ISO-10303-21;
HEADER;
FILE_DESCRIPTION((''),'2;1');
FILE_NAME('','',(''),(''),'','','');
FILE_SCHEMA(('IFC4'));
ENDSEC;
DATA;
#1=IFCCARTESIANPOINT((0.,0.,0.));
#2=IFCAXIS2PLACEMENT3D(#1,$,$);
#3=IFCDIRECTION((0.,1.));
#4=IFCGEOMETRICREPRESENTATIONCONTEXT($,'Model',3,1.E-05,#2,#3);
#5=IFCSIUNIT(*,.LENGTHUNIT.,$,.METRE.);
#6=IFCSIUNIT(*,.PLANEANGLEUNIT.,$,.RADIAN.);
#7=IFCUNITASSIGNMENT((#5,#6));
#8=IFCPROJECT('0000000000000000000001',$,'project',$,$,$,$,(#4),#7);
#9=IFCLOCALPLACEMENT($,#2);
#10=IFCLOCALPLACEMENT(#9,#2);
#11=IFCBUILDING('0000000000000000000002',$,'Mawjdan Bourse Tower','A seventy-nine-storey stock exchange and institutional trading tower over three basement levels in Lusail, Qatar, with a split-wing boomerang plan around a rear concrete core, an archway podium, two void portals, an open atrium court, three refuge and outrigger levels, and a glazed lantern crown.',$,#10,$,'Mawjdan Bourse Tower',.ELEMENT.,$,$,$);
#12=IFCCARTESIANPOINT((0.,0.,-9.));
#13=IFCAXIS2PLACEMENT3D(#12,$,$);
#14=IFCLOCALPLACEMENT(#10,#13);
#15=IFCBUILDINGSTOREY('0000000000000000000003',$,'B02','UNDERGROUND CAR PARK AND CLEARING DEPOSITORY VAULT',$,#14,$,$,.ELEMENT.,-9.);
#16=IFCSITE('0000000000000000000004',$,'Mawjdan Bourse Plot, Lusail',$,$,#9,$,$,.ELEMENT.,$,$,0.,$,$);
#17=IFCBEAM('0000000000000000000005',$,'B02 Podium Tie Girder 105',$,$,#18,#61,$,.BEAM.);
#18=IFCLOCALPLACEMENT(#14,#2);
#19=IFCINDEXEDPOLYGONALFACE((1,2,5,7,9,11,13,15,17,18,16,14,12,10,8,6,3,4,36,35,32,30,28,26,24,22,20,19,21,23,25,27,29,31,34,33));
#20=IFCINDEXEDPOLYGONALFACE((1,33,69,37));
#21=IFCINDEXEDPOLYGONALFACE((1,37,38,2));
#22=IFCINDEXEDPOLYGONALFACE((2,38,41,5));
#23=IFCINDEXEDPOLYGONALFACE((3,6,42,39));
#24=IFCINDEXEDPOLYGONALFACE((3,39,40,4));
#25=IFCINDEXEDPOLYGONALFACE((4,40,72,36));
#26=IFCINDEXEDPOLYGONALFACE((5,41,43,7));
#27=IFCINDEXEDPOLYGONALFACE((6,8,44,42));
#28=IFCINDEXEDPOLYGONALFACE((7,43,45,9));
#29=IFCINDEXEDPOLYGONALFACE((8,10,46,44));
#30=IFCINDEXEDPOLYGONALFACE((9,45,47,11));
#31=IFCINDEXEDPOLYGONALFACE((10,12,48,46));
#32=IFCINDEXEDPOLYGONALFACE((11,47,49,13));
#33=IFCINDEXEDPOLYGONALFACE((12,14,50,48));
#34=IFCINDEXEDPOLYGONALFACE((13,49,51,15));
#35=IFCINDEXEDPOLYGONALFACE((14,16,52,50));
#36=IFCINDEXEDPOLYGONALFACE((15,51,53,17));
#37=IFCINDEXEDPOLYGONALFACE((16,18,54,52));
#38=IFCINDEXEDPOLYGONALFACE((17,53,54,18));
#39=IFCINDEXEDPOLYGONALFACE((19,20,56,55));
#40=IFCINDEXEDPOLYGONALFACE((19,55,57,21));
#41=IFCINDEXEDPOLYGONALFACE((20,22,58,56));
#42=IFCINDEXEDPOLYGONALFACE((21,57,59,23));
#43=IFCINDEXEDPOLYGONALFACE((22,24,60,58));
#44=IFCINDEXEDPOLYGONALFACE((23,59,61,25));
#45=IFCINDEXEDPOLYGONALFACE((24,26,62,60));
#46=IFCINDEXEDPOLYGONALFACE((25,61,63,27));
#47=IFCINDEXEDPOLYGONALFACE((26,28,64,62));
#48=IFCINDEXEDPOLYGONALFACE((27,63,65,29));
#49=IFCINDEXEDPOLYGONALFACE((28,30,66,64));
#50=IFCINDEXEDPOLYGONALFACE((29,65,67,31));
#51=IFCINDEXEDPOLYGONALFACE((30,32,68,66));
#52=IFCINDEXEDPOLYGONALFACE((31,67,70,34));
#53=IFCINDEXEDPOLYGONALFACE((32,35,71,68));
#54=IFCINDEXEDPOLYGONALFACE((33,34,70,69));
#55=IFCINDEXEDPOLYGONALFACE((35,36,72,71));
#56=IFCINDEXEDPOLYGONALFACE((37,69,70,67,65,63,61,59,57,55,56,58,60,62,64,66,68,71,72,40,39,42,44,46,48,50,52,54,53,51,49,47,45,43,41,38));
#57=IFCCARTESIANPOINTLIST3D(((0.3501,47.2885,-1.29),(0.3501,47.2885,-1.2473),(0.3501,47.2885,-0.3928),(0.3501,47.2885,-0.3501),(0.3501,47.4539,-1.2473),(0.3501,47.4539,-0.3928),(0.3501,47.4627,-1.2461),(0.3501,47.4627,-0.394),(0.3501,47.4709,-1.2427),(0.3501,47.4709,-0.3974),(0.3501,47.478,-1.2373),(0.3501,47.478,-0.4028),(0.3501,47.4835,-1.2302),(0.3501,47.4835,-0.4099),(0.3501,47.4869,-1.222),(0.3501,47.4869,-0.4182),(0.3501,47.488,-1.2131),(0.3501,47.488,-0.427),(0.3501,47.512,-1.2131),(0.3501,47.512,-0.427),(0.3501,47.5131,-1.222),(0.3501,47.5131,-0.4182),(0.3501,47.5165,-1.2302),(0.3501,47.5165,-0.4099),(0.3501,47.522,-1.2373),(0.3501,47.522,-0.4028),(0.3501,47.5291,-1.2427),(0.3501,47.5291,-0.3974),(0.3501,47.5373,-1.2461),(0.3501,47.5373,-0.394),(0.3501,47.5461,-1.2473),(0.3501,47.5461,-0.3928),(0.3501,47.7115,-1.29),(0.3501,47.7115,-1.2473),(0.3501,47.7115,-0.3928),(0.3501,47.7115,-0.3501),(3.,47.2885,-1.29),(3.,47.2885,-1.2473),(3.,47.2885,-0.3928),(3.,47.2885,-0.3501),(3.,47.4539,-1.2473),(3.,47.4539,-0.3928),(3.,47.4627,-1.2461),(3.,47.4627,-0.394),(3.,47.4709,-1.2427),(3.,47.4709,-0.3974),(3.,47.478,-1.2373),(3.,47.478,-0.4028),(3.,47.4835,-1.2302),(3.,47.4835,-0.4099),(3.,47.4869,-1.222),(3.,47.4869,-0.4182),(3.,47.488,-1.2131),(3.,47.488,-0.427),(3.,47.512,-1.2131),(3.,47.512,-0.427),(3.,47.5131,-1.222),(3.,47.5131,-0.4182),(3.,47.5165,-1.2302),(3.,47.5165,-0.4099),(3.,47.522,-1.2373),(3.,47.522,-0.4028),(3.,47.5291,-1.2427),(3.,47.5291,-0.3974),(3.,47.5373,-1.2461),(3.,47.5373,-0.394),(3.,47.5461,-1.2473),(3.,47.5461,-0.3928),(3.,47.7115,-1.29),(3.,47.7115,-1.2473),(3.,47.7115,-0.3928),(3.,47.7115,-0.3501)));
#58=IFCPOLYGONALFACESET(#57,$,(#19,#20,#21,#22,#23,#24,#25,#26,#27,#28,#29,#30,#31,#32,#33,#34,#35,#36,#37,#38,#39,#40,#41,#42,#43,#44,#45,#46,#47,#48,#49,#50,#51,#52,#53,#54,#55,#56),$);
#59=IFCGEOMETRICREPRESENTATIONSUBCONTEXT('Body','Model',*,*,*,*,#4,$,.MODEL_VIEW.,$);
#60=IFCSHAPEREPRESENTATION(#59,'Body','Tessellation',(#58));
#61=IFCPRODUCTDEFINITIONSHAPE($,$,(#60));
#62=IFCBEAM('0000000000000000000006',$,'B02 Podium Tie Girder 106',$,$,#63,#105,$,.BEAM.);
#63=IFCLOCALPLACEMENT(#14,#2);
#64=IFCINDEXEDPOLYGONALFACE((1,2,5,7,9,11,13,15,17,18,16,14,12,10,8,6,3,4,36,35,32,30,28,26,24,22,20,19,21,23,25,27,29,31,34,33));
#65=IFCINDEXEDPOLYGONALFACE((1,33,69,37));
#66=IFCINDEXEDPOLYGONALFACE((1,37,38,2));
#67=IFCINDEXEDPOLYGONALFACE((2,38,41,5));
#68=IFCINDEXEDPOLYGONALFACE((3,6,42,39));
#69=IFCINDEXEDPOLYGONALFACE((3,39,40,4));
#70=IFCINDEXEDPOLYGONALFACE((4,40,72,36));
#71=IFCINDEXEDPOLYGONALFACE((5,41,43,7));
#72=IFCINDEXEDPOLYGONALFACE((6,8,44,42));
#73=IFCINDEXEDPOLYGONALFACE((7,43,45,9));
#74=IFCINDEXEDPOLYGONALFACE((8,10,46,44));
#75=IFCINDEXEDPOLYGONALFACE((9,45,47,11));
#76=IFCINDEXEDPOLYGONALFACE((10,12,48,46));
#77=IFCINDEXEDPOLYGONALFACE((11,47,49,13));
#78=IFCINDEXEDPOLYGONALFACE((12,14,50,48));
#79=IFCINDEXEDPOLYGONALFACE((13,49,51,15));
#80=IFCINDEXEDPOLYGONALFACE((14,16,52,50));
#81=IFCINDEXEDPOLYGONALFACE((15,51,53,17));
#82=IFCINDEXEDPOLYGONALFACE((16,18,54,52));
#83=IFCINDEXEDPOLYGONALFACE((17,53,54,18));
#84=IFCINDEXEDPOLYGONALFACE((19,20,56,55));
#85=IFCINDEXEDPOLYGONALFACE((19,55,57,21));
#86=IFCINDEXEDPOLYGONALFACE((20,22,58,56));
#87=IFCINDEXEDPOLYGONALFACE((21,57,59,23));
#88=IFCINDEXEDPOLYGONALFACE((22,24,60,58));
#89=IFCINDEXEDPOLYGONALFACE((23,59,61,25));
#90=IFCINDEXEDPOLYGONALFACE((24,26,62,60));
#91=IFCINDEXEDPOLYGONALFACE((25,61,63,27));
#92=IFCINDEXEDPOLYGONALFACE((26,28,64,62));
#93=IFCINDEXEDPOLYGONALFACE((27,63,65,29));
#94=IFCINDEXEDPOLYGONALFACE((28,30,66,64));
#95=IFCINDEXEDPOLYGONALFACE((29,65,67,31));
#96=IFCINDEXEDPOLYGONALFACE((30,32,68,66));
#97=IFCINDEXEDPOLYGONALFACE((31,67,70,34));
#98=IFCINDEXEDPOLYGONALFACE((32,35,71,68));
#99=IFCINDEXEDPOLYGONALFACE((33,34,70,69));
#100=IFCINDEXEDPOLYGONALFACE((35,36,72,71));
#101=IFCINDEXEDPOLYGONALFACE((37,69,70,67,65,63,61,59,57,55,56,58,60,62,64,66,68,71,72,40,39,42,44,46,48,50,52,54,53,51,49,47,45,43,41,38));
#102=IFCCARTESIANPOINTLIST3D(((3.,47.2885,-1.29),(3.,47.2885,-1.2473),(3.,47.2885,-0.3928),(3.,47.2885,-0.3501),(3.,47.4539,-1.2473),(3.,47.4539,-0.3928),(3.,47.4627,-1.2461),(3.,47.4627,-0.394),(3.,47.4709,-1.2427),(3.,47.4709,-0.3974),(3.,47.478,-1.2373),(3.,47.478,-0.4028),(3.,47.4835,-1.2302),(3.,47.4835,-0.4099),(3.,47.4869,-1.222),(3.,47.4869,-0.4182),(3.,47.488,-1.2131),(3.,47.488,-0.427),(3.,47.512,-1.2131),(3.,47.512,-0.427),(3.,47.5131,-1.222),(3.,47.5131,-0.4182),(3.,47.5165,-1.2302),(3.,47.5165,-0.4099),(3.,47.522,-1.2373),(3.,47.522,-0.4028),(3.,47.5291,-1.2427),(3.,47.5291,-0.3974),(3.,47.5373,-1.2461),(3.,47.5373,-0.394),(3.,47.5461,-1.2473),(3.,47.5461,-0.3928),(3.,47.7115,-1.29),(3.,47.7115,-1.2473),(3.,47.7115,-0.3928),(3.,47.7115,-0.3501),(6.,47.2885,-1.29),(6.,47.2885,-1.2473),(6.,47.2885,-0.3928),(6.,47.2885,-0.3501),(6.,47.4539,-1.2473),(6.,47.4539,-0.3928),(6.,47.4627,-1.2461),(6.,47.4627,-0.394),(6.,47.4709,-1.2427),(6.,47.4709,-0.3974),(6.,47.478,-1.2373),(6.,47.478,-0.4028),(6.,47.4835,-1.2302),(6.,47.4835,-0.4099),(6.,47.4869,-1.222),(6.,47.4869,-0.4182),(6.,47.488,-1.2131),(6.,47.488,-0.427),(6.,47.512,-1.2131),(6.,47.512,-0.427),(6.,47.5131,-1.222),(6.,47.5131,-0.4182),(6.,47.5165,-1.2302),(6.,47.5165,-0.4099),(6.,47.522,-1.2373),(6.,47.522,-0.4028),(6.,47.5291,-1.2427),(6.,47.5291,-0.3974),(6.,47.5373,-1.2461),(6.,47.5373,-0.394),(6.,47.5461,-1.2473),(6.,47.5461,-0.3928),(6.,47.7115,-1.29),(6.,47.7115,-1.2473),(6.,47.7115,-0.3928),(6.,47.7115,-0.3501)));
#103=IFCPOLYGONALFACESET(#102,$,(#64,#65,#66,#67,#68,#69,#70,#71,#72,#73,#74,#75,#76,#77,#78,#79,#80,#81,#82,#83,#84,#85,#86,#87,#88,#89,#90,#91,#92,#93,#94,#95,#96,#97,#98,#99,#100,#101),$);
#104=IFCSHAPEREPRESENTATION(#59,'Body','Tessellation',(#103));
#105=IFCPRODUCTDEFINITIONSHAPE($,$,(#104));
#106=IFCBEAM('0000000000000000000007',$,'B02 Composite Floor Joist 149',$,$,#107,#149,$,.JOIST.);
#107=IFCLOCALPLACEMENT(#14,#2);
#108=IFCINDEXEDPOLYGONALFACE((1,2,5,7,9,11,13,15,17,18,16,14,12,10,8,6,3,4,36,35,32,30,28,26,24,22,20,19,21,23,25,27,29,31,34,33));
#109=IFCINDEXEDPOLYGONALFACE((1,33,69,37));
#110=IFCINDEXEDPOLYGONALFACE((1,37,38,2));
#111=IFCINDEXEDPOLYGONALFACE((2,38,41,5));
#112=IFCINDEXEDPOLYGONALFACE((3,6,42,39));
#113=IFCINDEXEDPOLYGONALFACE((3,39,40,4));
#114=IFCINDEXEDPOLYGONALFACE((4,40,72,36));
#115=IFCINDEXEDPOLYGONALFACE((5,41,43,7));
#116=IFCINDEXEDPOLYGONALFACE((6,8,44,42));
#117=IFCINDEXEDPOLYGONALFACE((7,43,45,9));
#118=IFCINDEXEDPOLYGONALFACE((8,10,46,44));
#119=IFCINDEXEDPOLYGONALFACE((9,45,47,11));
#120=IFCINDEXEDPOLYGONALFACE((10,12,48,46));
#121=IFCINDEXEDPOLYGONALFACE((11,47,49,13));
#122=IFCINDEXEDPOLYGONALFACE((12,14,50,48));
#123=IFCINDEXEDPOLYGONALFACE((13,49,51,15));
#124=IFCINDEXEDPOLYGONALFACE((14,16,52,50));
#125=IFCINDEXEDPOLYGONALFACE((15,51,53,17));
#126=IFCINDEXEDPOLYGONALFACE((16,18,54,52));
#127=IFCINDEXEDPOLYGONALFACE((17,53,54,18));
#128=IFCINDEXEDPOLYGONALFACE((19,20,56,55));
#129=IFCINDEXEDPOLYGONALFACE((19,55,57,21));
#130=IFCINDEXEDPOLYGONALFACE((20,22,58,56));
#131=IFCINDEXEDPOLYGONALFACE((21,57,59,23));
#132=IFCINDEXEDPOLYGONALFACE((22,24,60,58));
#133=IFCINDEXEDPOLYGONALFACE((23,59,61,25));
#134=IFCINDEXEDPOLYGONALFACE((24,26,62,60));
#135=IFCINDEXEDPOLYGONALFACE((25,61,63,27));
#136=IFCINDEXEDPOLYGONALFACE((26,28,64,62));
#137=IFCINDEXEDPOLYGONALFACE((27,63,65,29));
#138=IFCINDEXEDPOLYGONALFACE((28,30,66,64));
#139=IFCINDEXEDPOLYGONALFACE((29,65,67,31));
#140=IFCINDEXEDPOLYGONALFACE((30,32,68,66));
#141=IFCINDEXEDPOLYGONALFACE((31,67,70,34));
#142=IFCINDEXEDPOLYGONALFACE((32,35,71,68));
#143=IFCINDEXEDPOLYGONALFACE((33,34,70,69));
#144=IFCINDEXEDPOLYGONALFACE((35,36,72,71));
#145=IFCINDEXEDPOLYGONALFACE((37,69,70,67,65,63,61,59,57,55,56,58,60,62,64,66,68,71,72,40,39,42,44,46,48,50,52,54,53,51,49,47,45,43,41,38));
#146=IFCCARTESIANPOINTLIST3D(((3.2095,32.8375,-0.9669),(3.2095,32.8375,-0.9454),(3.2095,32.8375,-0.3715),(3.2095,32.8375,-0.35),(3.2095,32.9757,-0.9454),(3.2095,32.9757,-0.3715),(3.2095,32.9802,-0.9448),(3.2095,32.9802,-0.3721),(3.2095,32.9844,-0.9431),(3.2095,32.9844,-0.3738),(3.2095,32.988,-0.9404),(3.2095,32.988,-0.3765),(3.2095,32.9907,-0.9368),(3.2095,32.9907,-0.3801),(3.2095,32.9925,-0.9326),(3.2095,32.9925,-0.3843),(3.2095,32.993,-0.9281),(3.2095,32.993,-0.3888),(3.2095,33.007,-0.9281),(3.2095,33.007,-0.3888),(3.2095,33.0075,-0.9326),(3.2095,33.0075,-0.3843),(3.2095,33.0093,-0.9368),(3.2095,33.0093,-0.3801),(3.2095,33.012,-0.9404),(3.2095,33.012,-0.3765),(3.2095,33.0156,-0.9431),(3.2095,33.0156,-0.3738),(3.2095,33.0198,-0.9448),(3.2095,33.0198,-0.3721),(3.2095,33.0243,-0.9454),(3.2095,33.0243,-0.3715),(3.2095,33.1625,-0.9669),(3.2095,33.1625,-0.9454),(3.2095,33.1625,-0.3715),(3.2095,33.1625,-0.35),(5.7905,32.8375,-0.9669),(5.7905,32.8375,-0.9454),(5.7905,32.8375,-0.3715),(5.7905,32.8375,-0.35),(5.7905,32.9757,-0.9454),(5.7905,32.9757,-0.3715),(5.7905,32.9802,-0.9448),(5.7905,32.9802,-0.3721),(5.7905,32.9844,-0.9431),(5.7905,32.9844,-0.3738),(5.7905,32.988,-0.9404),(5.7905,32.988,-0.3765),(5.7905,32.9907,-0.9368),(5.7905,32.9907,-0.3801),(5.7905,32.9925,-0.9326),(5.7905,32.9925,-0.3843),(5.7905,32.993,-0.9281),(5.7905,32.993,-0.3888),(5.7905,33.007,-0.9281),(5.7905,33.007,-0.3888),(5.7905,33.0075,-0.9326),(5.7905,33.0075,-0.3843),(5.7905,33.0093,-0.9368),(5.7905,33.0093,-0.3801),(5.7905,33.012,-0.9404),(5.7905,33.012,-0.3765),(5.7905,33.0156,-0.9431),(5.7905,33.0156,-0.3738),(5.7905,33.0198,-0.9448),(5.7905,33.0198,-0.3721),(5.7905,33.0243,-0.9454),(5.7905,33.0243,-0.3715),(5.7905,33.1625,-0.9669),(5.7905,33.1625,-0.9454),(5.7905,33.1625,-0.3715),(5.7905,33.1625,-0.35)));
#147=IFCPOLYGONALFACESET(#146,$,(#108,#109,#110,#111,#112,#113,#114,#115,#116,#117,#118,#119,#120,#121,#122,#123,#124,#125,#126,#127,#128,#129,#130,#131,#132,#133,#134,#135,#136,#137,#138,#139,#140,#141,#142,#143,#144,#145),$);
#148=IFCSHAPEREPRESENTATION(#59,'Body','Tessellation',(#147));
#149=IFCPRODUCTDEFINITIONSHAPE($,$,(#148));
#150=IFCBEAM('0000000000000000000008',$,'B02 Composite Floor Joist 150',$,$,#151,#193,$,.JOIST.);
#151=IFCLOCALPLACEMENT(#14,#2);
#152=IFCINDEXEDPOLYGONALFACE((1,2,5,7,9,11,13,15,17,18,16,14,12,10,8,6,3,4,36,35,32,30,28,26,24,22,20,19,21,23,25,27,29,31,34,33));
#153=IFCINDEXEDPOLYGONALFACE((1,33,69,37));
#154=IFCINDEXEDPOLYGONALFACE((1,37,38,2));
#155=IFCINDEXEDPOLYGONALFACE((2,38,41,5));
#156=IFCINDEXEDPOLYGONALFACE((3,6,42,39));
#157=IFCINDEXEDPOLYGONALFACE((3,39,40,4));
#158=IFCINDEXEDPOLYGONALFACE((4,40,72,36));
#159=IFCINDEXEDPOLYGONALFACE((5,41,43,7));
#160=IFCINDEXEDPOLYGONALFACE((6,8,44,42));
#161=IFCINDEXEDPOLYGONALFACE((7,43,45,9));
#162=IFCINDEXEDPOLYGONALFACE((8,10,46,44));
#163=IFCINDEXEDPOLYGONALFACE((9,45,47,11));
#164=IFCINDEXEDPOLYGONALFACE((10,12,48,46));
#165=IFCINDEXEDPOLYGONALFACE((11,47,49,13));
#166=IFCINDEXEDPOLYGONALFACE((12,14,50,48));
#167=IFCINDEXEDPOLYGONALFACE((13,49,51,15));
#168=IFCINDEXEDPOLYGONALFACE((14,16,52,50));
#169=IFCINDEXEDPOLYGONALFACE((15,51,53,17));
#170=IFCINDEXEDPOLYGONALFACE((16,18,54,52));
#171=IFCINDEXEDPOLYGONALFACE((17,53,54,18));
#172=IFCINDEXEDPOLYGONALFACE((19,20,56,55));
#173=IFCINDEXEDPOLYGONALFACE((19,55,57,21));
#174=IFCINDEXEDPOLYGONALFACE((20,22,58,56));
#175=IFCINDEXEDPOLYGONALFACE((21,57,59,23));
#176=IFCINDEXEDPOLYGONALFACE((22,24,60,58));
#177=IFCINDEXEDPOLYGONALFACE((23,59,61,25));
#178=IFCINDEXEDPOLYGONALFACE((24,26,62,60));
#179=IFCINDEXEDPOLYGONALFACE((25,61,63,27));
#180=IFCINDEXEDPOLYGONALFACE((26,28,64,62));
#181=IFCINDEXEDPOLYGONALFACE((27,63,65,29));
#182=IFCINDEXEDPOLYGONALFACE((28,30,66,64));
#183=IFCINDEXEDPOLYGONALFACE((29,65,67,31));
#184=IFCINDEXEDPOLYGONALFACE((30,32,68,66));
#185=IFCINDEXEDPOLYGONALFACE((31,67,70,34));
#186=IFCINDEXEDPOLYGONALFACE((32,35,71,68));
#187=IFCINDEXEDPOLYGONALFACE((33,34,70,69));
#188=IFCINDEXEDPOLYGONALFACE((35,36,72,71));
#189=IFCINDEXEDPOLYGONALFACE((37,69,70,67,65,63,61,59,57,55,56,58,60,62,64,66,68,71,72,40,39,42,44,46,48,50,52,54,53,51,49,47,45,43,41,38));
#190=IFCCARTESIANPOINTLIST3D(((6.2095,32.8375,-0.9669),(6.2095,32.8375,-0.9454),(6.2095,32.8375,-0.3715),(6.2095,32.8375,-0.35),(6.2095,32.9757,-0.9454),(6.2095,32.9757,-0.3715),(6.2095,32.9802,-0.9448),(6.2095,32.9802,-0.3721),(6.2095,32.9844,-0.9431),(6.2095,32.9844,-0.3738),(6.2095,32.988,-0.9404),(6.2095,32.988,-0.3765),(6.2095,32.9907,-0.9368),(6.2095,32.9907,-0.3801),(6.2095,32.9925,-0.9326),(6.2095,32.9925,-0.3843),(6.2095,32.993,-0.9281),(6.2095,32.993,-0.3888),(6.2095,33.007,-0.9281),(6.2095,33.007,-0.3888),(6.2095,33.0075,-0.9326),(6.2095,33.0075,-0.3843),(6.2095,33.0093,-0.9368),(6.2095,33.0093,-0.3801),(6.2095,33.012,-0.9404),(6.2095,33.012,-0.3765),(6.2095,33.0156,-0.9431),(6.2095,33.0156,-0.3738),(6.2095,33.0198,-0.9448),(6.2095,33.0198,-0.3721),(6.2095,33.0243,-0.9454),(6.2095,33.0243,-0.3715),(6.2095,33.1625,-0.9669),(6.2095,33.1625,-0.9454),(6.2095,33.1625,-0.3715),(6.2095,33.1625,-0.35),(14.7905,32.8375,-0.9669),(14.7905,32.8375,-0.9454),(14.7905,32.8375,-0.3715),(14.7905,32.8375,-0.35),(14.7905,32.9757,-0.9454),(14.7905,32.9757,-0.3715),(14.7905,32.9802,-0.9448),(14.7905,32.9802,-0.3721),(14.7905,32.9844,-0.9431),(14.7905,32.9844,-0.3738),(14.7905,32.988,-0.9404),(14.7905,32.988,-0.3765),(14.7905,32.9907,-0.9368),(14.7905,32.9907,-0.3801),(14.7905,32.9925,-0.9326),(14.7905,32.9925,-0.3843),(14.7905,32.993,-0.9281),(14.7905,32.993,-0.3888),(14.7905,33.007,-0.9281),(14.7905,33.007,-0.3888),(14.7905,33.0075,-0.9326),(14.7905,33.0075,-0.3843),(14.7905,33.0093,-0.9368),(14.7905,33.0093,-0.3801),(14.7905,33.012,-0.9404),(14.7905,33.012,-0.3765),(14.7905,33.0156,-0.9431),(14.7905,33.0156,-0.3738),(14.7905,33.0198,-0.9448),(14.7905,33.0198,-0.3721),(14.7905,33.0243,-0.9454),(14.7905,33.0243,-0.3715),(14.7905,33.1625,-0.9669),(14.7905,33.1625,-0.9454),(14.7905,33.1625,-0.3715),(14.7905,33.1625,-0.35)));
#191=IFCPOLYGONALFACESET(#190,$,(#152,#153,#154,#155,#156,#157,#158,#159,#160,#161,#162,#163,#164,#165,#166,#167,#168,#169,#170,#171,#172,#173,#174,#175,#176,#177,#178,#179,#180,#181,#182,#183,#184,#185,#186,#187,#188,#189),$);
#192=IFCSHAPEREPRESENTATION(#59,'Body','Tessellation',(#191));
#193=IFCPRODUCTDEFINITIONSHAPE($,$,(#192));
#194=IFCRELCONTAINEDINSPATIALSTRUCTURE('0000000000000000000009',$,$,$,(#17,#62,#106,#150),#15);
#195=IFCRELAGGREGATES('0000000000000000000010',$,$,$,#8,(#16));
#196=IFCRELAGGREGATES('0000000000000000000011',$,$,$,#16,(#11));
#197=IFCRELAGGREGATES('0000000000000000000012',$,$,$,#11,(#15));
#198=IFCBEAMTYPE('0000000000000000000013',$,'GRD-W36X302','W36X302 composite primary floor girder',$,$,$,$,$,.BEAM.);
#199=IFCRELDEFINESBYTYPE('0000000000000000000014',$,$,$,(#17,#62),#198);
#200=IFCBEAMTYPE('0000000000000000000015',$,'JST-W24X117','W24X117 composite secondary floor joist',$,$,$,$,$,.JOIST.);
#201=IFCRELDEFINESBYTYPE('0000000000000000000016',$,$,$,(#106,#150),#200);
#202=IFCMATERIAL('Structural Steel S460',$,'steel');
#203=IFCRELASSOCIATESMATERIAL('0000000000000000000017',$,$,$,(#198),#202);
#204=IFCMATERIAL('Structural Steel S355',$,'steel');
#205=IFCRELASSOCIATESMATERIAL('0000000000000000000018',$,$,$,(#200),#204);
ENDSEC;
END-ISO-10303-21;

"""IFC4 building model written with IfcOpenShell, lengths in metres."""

from ifc_helpers import new_model, si_unit, direction, frame, origin, origin_2d, place, context, subcontext, project, spatial, i_section, extrude, material, material_profile, profile_set, type_object, element, save


model = new_model("IFC4")

# Units and contexts
model_context = context("Model", 3, precision=1e-05, world=origin(), true_north=direction((0.0, 1.0)))
body_context = subcontext(model_context, "Body", "Model", "MODEL_VIEW")
ifc_project = project(units=[si_unit("LENGTHUNIT", "METRE"), si_unit("PLANEANGLEUNIT", "RADIAN")], contexts=[model_context])

# Site, building, storey
site_placement = place(None, origin())
site = spatial("IfcSite", under=ifc_project, at=site_placement, Name="Mawjdan Bourse Plot, Lusail", CompositionType="ELEMENT", RefElevation=0.0)
building_placement = place(site_placement, origin())
building = spatial("IfcBuilding", under=site, at=building_placement, Name="Mawjdan Bourse Tower", Description="A seventy-nine-storey stock exchange and institutional trading tower over three basement levels in Lusail, Qatar, with a split-wing boomerang plan around a rear concrete core, an archway podium, two void portals, an open atrium court, three refuge and outrigger levels, and a glazed lantern crown.", LongName="Mawjdan Bourse Tower", CompositionType="ELEMENT")
storey_placement = place(building_placement, frame((0.0, 0.0, -9.0)))
storey = spatial("IfcBuildingStorey", under=building, at=storey_placement, Name="B02", Description="UNDERGROUND CAR PARK AND CLEARING DEPOSITORY VAULT", CompositionType="ELEMENT", Elevation=-9.0)

# Beams
ifc_material_1 = material(Name="Structural Steel S460", Category="steel")
ifc_material_profile_1 = material_profile(ifc_material_1, i_section(OverallWidth=0.4231, OverallDepth=0.9399, WebThickness=0.0239, FlangeThickness=0.0427, FilletRadius=0.0342, at=origin_2d()), Name="W36X302")
ifc_profile_set_1 = profile_set([ifc_material_profile_1], Name="Structural Steel S460")
beam_type_1 = type_object("IfcBeamType", Name="GRD-W36X302", Description="W36X302 composite primary floor girder", PredefinedType="BEAM", material=ifc_profile_set_1)
beam_1_placement = place(storey_placement, frame((0.3501, 47.5, -0.8201), z_axis=(1.0, 0.0, 0.0), x_axis=(0.0, 1.0, 0.0)))
element("IfcBeam", 1, at=beam_1_placement, inside=storey, type_object=beam_type_1, Name="B02 Podium Tie Girder 105", PredefinedType="BEAM", context=body_context, shape_type="SweptSolid", body=[
    extrude(i_section(OverallWidth=0.4231, OverallDepth=0.9399, WebThickness=0.0239, FlangeThickness=0.0427, FilletRadius=0.0342, at=origin_2d()), origin(), (0.0, 0.0, 1.0), 2.6499),
])
beam_2_placement = place(storey_placement, frame((3.0, 47.5, -0.8201), z_axis=(1.0, 0.0, 0.0), x_axis=(0.0, 1.0, 0.0)))
element("IfcBeam", 2, at=beam_2_placement, inside=storey, type_object=beam_type_1, Name="B02 Podium Tie Girder 106", PredefinedType="BEAM", context=body_context, shape_type="SweptSolid", body=[
    extrude(i_section(OverallWidth=0.4231, OverallDepth=0.9399, WebThickness=0.0239, FlangeThickness=0.0427, FilletRadius=0.0342, at=origin_2d()), origin(), (0.0, 0.0, 1.0), 3.0),
])
ifc_material_2 = material(Name="Structural Steel S355", Category="steel")
ifc_material_profile_2 = material_profile(ifc_material_2, i_section(OverallWidth=0.325, OverallDepth=0.6169, WebThickness=0.0139, FlangeThickness=0.0215, FilletRadius=0.0173, at=origin_2d()), Name="W24X117")
ifc_profile_set_2 = profile_set([ifc_material_profile_2], Name="Structural Steel S355")
beam_type_2 = type_object("IfcBeamType", Name="JST-W24X117", Description="W24X117 composite secondary floor joist", PredefinedType="JOIST", material=ifc_profile_set_2)
beam_3_placement = place(storey_placement, frame((3.2095, 33.0, -0.6584), z_axis=(1.0, 0.0, 0.0), x_axis=(0.0, 1.0, 0.0)))
element("IfcBeam", 3, at=beam_3_placement, inside=storey, type_object=beam_type_2, Name="B02 Composite Floor Joist 149", PredefinedType="JOIST", context=body_context, shape_type="SweptSolid", body=[
    extrude(i_section(OverallWidth=0.325, OverallDepth=0.6169, WebThickness=0.0139, FlangeThickness=0.0215, FilletRadius=0.0173, at=origin_2d()), origin(), (0.0, 0.0, 1.0), 2.5811),
])
beam_4_placement = place(storey_placement, frame((6.2095, 33.0, -0.6584), z_axis=(1.0, 0.0, 0.0), x_axis=(0.0, 1.0, 0.0)))
element("IfcBeam", 4, at=beam_4_placement, inside=storey, type_object=beam_type_2, Name="B02 Composite Floor Joist 150", PredefinedType="JOIST", context=body_context, shape_type="SweptSolid", body=[
    extrude(i_section(OverallWidth=0.325, OverallDepth=0.6169, WebThickness=0.0139, FlangeThickness=0.0215, FilletRadius=0.0173, at=origin_2d()), origin(), (0.0, 0.0, 1.0), 8.5811),
])

save(model, "model.ifc")
